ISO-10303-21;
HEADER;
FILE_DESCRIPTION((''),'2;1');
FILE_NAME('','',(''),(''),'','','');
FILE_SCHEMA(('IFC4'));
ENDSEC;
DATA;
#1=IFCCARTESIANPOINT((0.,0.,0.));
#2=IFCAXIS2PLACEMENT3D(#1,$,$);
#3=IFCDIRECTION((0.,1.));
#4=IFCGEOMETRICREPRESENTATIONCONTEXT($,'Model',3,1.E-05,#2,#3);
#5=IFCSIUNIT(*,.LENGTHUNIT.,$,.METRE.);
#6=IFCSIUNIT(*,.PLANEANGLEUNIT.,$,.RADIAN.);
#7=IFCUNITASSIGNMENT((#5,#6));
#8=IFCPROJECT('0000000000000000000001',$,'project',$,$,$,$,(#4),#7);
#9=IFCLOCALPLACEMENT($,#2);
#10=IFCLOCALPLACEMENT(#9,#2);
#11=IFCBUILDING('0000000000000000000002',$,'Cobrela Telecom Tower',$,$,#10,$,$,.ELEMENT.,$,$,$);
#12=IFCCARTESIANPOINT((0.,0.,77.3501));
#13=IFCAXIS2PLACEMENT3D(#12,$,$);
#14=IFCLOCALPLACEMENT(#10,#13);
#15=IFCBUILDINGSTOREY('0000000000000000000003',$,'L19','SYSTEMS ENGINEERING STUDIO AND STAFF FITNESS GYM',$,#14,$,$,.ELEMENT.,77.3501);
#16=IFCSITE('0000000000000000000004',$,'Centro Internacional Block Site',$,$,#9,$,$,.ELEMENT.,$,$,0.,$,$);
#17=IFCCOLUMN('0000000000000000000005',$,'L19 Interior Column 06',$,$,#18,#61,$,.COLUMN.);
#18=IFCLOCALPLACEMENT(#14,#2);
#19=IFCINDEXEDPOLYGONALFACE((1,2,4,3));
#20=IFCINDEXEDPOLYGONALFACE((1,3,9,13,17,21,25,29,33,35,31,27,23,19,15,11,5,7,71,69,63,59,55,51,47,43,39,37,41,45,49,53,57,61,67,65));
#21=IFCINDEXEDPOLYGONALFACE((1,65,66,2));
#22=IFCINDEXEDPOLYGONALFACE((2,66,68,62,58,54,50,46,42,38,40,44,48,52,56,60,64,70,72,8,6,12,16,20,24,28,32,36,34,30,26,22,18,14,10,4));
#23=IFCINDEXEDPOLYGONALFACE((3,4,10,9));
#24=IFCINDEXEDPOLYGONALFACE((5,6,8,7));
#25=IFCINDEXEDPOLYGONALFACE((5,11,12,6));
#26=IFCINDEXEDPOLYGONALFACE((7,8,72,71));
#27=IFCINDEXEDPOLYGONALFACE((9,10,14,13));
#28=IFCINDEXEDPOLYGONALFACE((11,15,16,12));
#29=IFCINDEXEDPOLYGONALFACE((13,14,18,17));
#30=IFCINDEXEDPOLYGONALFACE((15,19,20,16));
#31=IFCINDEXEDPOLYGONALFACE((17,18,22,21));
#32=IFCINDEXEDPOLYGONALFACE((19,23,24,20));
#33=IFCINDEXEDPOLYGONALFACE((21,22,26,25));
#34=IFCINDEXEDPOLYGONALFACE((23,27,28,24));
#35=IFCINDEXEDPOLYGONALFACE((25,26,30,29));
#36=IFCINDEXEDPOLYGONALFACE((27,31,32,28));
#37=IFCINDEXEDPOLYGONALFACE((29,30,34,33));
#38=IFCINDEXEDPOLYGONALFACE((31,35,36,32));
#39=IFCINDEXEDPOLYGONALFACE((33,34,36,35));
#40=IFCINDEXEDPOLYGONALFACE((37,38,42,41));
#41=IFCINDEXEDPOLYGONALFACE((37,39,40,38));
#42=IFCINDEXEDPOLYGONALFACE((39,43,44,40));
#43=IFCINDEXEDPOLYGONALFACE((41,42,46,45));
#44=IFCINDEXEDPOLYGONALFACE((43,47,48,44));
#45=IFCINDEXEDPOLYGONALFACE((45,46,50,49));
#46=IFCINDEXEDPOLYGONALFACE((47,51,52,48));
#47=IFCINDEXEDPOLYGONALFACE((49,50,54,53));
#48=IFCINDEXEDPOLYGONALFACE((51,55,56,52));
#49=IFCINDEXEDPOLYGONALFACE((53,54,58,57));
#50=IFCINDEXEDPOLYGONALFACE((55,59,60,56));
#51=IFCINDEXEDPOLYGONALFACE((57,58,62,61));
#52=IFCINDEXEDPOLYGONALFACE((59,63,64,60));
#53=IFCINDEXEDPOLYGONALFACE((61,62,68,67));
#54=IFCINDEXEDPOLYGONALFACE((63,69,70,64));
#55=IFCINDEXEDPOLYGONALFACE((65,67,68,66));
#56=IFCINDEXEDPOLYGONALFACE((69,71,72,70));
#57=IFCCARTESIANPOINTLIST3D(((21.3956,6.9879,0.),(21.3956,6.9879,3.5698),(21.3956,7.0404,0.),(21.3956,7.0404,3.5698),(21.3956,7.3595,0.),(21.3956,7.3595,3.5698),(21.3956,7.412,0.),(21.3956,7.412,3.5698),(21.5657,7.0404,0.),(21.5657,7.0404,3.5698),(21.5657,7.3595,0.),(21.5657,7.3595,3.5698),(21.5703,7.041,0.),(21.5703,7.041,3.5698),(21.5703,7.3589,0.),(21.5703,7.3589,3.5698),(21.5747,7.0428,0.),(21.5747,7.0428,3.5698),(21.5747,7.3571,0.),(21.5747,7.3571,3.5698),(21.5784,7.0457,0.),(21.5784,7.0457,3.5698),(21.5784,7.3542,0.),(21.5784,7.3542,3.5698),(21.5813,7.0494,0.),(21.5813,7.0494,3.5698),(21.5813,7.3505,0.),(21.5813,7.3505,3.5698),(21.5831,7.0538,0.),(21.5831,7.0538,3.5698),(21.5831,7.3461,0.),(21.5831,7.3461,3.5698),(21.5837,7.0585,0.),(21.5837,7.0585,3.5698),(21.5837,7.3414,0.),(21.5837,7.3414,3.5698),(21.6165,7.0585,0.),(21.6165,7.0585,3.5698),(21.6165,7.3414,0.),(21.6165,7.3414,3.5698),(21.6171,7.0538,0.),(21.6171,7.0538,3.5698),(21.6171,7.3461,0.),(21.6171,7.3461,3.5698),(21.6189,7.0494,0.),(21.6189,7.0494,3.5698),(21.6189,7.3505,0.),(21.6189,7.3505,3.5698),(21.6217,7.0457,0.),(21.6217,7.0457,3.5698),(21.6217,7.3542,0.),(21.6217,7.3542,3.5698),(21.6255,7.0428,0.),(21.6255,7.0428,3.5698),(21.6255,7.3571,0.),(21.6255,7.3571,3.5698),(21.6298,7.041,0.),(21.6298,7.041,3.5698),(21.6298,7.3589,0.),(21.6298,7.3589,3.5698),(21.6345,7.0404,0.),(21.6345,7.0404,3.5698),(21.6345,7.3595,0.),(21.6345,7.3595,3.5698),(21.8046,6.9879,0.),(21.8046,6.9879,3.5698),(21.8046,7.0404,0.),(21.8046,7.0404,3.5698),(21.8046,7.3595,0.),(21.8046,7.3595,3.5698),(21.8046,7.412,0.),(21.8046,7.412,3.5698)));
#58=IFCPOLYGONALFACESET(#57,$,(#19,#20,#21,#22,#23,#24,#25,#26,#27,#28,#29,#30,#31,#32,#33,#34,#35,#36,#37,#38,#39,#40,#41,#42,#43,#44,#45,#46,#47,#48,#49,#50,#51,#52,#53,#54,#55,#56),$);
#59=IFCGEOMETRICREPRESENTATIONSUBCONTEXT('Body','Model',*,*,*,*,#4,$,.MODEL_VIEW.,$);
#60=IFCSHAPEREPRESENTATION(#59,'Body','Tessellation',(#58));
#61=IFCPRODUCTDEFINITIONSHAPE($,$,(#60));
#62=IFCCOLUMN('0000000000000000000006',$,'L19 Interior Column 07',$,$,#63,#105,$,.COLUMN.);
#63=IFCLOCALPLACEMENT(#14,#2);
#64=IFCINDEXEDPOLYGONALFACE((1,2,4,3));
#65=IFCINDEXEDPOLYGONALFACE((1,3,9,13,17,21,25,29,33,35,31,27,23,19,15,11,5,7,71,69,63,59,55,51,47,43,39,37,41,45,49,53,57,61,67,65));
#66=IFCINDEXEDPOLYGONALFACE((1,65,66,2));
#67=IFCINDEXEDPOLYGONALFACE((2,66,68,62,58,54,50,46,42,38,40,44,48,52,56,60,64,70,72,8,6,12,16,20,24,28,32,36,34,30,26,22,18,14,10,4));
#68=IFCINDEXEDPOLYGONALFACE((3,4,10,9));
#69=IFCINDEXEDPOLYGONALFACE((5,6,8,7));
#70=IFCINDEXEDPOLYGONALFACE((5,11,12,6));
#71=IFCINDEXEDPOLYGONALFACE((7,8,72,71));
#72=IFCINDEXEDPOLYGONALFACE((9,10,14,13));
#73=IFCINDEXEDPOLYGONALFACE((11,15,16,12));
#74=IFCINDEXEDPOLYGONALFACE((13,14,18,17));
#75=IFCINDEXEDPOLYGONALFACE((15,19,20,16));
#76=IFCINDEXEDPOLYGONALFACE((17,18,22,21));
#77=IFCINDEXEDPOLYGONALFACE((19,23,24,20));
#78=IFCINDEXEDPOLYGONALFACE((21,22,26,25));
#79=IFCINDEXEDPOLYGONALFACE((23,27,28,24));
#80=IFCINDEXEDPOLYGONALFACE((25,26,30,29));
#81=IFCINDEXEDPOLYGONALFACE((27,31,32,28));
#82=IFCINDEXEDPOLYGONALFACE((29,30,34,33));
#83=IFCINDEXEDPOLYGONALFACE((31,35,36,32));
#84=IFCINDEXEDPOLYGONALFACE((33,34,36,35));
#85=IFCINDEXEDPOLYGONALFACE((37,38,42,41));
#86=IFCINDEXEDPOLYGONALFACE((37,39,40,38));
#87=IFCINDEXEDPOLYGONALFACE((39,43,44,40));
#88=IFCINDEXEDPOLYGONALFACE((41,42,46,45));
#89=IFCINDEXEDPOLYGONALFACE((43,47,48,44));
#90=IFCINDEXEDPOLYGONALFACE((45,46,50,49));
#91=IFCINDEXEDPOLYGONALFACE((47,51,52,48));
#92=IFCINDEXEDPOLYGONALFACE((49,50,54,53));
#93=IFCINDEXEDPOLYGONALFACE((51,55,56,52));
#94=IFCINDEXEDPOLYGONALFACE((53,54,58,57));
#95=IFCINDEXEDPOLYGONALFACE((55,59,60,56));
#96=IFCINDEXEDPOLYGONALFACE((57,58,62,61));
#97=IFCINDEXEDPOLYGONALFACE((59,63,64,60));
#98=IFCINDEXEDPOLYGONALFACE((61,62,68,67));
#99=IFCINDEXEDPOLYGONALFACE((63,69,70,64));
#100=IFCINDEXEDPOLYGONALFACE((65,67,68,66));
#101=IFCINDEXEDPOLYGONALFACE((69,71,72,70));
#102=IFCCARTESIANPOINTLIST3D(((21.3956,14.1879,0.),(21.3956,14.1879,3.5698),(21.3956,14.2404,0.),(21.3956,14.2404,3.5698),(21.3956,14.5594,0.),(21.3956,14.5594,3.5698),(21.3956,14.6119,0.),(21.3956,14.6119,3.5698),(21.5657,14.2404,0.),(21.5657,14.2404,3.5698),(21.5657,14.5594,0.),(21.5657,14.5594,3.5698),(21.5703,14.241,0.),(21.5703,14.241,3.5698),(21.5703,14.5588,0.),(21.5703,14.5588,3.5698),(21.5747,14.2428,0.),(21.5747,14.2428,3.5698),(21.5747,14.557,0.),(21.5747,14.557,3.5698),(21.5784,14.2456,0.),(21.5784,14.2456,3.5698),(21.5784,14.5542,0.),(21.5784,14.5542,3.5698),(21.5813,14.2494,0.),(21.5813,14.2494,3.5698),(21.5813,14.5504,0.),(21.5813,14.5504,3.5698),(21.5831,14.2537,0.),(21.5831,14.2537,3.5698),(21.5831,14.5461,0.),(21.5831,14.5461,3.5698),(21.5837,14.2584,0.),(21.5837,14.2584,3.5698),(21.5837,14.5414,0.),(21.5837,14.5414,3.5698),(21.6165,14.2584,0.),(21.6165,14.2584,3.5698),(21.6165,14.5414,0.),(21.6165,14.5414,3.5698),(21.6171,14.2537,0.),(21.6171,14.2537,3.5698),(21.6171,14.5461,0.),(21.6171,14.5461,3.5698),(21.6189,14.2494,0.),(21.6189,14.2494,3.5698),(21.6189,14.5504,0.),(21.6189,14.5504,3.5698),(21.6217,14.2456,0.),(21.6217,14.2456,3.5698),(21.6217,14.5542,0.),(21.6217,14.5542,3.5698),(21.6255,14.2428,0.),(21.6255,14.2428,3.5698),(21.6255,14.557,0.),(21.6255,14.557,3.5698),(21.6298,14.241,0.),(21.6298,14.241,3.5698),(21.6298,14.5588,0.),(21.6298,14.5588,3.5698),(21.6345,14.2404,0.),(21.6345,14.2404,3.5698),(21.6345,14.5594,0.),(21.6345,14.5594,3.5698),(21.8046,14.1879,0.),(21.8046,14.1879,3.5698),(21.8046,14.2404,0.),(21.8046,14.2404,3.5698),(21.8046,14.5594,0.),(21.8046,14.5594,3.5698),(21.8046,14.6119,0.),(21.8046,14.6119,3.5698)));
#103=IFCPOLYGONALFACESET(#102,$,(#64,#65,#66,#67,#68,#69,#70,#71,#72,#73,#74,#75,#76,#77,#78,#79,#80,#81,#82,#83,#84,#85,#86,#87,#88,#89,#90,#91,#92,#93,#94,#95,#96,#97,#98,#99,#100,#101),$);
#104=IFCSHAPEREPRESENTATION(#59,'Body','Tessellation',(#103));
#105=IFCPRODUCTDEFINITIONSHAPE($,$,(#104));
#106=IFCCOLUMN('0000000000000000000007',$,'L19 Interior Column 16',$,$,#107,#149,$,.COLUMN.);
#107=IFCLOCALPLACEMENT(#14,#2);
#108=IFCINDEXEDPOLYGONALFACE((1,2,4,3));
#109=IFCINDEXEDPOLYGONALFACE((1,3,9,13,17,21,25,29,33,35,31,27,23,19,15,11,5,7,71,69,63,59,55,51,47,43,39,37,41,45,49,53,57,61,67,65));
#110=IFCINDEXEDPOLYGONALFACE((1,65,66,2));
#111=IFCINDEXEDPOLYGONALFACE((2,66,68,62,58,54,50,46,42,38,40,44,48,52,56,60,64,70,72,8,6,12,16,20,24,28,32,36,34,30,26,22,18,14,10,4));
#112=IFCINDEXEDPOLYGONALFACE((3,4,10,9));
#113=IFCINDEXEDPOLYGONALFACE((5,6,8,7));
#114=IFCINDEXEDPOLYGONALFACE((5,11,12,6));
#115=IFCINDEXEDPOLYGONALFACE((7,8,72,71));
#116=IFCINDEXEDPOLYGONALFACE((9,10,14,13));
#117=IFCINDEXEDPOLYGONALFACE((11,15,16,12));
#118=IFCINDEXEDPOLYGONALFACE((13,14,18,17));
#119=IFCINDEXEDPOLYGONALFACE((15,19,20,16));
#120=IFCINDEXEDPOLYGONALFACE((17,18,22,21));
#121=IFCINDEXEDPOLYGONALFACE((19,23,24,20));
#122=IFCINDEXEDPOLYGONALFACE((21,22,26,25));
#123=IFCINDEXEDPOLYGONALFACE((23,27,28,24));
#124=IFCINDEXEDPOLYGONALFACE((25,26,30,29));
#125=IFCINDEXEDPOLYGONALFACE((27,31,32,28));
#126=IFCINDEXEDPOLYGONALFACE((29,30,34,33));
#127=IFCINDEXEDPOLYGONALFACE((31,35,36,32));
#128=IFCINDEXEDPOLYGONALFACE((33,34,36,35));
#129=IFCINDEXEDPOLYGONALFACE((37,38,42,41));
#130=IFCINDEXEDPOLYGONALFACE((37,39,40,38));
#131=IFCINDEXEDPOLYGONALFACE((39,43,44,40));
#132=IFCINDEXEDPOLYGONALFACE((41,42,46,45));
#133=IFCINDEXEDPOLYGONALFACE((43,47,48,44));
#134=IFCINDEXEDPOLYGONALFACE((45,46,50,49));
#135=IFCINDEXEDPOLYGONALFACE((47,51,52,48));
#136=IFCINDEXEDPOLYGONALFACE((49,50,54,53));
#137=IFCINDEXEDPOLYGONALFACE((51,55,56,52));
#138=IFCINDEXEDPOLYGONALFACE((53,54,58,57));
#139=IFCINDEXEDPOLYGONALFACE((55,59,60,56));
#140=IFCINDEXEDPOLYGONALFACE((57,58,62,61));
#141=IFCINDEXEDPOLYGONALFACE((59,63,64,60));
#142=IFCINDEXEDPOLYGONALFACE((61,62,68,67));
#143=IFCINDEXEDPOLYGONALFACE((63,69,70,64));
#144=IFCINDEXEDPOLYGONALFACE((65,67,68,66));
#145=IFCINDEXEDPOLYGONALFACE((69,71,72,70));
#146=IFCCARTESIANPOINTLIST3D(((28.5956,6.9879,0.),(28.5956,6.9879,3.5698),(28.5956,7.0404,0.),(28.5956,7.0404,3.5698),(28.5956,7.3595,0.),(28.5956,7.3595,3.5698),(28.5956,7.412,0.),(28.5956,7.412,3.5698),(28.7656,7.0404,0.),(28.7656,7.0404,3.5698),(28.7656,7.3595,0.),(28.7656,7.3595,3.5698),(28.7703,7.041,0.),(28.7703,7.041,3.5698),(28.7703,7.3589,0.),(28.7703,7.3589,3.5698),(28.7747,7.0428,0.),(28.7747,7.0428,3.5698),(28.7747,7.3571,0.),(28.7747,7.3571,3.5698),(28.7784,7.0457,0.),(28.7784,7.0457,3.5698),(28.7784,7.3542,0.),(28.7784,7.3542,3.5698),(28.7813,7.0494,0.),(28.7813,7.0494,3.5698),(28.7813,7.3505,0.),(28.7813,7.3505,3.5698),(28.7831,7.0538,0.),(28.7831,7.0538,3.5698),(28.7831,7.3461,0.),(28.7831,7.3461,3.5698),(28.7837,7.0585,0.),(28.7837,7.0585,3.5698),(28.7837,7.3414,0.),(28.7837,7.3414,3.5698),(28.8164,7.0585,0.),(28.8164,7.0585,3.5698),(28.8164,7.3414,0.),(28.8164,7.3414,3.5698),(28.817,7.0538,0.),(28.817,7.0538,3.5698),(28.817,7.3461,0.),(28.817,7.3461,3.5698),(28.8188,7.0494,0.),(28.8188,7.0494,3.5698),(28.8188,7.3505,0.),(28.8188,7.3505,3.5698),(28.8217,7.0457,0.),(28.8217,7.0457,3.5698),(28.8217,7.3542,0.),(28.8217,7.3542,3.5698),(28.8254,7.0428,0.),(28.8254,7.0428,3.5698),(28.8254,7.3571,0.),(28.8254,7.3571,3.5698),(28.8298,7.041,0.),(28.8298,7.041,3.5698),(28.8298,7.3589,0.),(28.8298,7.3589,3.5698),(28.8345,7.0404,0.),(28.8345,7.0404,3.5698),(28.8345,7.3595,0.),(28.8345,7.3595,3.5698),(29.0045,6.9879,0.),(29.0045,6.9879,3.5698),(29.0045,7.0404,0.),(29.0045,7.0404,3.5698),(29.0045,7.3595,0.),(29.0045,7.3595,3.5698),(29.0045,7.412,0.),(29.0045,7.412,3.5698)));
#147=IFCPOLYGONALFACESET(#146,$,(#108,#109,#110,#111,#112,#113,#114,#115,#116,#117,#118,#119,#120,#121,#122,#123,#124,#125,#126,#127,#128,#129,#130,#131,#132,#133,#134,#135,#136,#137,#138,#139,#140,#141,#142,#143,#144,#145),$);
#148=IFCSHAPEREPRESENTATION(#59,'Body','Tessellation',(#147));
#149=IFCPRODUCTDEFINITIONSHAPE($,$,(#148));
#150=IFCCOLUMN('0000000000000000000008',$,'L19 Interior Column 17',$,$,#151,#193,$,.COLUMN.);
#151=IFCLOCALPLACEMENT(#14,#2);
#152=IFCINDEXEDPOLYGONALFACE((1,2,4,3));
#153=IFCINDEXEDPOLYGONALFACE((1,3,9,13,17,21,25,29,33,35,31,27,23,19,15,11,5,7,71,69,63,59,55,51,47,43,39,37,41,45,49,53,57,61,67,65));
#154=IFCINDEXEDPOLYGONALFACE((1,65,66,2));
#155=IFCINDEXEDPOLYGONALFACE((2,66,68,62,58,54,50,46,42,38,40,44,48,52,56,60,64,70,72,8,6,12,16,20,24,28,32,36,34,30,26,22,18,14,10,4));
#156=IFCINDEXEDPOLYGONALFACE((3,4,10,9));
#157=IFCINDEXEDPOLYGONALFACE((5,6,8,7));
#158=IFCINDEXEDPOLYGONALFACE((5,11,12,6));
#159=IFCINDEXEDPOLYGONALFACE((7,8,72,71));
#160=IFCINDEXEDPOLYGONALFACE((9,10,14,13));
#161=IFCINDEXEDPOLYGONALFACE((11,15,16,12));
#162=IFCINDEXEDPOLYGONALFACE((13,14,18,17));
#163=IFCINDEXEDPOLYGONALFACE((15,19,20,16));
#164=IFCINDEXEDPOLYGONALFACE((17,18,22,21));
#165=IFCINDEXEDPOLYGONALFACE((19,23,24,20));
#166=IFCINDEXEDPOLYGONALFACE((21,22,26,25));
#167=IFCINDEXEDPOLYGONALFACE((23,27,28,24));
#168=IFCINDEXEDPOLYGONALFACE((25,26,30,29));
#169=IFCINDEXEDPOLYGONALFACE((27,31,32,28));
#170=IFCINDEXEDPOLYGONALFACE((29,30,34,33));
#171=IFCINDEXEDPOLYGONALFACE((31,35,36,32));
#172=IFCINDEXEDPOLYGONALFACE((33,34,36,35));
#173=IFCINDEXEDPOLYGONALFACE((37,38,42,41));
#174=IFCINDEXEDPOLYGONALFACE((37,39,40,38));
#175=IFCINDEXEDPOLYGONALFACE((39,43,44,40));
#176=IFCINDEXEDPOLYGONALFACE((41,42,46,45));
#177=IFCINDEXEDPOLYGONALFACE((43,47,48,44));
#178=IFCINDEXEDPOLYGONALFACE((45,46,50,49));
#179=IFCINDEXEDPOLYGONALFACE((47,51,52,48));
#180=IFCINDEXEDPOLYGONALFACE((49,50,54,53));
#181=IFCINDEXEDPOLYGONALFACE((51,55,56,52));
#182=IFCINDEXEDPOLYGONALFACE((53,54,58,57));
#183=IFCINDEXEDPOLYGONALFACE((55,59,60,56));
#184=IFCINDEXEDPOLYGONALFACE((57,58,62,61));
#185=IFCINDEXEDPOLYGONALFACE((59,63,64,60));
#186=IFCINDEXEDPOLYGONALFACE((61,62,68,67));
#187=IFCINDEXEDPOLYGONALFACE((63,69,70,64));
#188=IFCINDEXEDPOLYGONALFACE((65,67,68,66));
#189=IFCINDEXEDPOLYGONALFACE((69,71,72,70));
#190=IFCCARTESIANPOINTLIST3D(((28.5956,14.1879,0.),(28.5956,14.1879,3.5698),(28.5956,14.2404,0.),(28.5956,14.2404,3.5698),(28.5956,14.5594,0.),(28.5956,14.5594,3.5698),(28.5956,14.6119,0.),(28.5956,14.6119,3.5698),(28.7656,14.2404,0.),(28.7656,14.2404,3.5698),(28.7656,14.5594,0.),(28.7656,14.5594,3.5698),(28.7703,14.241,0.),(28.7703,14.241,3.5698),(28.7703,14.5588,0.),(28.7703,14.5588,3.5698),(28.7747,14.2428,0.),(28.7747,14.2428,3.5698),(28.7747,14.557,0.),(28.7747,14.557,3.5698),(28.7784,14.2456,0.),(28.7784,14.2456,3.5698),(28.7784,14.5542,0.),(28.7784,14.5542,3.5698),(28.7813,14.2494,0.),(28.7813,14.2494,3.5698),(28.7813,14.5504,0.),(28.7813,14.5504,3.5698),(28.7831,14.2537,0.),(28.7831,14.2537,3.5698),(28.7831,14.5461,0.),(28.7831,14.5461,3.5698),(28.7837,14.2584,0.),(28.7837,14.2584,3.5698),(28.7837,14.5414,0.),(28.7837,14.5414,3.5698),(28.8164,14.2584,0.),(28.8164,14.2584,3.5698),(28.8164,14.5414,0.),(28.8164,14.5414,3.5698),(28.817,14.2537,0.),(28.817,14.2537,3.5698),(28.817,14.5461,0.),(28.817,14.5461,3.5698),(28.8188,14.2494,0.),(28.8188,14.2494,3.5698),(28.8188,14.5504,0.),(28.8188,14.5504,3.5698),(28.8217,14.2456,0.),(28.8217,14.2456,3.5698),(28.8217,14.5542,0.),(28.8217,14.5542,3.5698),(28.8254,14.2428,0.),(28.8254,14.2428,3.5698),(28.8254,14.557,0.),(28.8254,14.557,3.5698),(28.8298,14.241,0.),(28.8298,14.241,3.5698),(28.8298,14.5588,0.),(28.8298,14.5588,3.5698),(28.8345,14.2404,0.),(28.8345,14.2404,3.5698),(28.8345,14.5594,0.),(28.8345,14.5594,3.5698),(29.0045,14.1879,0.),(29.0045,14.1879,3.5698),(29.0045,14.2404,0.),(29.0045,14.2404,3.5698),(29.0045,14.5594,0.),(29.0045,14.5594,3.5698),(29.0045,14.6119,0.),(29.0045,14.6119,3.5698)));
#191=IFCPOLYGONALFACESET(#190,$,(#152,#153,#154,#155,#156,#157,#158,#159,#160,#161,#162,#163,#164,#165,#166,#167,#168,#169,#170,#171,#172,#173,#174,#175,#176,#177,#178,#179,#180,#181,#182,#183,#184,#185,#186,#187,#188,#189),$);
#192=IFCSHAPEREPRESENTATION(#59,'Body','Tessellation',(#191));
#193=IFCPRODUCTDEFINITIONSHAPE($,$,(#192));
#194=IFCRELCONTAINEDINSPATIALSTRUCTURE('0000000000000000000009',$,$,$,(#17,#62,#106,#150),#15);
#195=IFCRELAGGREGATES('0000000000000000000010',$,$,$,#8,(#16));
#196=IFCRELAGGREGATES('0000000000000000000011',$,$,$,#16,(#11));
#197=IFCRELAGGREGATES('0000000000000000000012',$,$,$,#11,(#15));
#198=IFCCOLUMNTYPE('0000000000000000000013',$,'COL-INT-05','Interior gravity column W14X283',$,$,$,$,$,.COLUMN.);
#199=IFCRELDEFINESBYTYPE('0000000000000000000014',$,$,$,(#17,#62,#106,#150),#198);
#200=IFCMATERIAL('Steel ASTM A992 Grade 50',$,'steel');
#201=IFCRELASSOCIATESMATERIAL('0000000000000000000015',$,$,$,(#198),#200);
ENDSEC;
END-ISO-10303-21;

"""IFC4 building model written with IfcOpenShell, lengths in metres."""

from ifc_helpers import new_model, si_unit, direction, frame, origin, origin_2d, place, context, subcontext, project, spatial, i_section, extrude, material, material_profile, profile_set, type_object, element, save


model = new_model("IFC4")

# Units and contexts
model_context = context("Model", 3, precision=1e-05, world=origin(), true_north=direction((0.0, 1.0)))
body_context = subcontext(model_context, "Body", "Model", "MODEL_VIEW")
ifc_project = project(units=[si_unit("LENGTHUNIT", "METRE"), si_unit("PLANEANGLEUNIT", "RADIAN")], contexts=[model_context])

# Site, building, storey
site_placement = place(None, origin())
site = spatial("IfcSite", under=ifc_project, at=site_placement, Name="Centro Internacional Block Site", CompositionType="ELEMENT", RefElevation=0.0)
building_placement = place(site_placement, origin())
building = spatial("IfcBuilding", under=site, at=building_placement, Name="Cobrela Telecom Tower", CompositionType="ELEMENT")
storey_placement = place(building_placement, frame((0.0, 0.0, 77.3501)))
storey = spatial("IfcBuildingStorey", under=building, at=storey_placement, Name="L19", Description="SYSTEMS ENGINEERING STUDIO AND STAFF FITNESS GYM", CompositionType="ELEMENT", Elevation=77.3501)

# Columns
ifc_material = material(Name="Steel ASTM A992 Grade 50", Category="steel")
ifc_material_profile_1 = material_profile(ifc_material, i_section(OverallWidth=0.4089, OverallDepth=0.4241, WebThickness=0.0327, FlangeThickness=0.0525, FilletRadius=0.0181, at=origin_2d()), Name="W14X283")
ifc_profile_set_1 = profile_set([ifc_material_profile_1], Name="Steel ASTM A992 Grade 50")
column_type = type_object("IfcColumnType", Name="COL-INT-05", Description="Interior gravity column W14X283", PredefinedType="COLUMN", material=ifc_profile_set_1)
for number, where, z_axis, x_axis, name in (
    (1, (21.6001, 7.2, 0.0), (0.0, 0.0, 1.0), (1.0, 0.0, 0.0), "L19 Interior Column 06"),
    (2, (21.6001, 14.3999, 0.0), (0.0, 0.0, 1.0), (1.0, 0.0, 0.0), "L19 Interior Column 07"),
    (3, (28.8, 7.2, 0.0), (0.0, 0.0, 1.0), (1.0, 0.0, 0.0), "L19 Interior Column 16"),
    (4, (28.8, 14.3999, 0.0), (0.0, 0.0, 1.0), (1.0, 0.0, 0.0), "L19 Interior Column 17"),
):
    element("IfcColumn", number, at=place(storey_placement, frame(where, z_axis=z_axis, x_axis=x_axis)), inside=storey, type_object=column_type, Name=name, PredefinedType="COLUMN", context=body_context, shape_type="SweptSolid", body=[
        extrude(i_section(OverallWidth=0.4089, OverallDepth=0.4241, WebThickness=0.0327, FlangeThickness=0.0525, FilletRadius=0.0181, at=origin_2d()), origin(), (0.0, 0.0, 1.0), 3.5698),
    ])

save(model, "model.ifc")
